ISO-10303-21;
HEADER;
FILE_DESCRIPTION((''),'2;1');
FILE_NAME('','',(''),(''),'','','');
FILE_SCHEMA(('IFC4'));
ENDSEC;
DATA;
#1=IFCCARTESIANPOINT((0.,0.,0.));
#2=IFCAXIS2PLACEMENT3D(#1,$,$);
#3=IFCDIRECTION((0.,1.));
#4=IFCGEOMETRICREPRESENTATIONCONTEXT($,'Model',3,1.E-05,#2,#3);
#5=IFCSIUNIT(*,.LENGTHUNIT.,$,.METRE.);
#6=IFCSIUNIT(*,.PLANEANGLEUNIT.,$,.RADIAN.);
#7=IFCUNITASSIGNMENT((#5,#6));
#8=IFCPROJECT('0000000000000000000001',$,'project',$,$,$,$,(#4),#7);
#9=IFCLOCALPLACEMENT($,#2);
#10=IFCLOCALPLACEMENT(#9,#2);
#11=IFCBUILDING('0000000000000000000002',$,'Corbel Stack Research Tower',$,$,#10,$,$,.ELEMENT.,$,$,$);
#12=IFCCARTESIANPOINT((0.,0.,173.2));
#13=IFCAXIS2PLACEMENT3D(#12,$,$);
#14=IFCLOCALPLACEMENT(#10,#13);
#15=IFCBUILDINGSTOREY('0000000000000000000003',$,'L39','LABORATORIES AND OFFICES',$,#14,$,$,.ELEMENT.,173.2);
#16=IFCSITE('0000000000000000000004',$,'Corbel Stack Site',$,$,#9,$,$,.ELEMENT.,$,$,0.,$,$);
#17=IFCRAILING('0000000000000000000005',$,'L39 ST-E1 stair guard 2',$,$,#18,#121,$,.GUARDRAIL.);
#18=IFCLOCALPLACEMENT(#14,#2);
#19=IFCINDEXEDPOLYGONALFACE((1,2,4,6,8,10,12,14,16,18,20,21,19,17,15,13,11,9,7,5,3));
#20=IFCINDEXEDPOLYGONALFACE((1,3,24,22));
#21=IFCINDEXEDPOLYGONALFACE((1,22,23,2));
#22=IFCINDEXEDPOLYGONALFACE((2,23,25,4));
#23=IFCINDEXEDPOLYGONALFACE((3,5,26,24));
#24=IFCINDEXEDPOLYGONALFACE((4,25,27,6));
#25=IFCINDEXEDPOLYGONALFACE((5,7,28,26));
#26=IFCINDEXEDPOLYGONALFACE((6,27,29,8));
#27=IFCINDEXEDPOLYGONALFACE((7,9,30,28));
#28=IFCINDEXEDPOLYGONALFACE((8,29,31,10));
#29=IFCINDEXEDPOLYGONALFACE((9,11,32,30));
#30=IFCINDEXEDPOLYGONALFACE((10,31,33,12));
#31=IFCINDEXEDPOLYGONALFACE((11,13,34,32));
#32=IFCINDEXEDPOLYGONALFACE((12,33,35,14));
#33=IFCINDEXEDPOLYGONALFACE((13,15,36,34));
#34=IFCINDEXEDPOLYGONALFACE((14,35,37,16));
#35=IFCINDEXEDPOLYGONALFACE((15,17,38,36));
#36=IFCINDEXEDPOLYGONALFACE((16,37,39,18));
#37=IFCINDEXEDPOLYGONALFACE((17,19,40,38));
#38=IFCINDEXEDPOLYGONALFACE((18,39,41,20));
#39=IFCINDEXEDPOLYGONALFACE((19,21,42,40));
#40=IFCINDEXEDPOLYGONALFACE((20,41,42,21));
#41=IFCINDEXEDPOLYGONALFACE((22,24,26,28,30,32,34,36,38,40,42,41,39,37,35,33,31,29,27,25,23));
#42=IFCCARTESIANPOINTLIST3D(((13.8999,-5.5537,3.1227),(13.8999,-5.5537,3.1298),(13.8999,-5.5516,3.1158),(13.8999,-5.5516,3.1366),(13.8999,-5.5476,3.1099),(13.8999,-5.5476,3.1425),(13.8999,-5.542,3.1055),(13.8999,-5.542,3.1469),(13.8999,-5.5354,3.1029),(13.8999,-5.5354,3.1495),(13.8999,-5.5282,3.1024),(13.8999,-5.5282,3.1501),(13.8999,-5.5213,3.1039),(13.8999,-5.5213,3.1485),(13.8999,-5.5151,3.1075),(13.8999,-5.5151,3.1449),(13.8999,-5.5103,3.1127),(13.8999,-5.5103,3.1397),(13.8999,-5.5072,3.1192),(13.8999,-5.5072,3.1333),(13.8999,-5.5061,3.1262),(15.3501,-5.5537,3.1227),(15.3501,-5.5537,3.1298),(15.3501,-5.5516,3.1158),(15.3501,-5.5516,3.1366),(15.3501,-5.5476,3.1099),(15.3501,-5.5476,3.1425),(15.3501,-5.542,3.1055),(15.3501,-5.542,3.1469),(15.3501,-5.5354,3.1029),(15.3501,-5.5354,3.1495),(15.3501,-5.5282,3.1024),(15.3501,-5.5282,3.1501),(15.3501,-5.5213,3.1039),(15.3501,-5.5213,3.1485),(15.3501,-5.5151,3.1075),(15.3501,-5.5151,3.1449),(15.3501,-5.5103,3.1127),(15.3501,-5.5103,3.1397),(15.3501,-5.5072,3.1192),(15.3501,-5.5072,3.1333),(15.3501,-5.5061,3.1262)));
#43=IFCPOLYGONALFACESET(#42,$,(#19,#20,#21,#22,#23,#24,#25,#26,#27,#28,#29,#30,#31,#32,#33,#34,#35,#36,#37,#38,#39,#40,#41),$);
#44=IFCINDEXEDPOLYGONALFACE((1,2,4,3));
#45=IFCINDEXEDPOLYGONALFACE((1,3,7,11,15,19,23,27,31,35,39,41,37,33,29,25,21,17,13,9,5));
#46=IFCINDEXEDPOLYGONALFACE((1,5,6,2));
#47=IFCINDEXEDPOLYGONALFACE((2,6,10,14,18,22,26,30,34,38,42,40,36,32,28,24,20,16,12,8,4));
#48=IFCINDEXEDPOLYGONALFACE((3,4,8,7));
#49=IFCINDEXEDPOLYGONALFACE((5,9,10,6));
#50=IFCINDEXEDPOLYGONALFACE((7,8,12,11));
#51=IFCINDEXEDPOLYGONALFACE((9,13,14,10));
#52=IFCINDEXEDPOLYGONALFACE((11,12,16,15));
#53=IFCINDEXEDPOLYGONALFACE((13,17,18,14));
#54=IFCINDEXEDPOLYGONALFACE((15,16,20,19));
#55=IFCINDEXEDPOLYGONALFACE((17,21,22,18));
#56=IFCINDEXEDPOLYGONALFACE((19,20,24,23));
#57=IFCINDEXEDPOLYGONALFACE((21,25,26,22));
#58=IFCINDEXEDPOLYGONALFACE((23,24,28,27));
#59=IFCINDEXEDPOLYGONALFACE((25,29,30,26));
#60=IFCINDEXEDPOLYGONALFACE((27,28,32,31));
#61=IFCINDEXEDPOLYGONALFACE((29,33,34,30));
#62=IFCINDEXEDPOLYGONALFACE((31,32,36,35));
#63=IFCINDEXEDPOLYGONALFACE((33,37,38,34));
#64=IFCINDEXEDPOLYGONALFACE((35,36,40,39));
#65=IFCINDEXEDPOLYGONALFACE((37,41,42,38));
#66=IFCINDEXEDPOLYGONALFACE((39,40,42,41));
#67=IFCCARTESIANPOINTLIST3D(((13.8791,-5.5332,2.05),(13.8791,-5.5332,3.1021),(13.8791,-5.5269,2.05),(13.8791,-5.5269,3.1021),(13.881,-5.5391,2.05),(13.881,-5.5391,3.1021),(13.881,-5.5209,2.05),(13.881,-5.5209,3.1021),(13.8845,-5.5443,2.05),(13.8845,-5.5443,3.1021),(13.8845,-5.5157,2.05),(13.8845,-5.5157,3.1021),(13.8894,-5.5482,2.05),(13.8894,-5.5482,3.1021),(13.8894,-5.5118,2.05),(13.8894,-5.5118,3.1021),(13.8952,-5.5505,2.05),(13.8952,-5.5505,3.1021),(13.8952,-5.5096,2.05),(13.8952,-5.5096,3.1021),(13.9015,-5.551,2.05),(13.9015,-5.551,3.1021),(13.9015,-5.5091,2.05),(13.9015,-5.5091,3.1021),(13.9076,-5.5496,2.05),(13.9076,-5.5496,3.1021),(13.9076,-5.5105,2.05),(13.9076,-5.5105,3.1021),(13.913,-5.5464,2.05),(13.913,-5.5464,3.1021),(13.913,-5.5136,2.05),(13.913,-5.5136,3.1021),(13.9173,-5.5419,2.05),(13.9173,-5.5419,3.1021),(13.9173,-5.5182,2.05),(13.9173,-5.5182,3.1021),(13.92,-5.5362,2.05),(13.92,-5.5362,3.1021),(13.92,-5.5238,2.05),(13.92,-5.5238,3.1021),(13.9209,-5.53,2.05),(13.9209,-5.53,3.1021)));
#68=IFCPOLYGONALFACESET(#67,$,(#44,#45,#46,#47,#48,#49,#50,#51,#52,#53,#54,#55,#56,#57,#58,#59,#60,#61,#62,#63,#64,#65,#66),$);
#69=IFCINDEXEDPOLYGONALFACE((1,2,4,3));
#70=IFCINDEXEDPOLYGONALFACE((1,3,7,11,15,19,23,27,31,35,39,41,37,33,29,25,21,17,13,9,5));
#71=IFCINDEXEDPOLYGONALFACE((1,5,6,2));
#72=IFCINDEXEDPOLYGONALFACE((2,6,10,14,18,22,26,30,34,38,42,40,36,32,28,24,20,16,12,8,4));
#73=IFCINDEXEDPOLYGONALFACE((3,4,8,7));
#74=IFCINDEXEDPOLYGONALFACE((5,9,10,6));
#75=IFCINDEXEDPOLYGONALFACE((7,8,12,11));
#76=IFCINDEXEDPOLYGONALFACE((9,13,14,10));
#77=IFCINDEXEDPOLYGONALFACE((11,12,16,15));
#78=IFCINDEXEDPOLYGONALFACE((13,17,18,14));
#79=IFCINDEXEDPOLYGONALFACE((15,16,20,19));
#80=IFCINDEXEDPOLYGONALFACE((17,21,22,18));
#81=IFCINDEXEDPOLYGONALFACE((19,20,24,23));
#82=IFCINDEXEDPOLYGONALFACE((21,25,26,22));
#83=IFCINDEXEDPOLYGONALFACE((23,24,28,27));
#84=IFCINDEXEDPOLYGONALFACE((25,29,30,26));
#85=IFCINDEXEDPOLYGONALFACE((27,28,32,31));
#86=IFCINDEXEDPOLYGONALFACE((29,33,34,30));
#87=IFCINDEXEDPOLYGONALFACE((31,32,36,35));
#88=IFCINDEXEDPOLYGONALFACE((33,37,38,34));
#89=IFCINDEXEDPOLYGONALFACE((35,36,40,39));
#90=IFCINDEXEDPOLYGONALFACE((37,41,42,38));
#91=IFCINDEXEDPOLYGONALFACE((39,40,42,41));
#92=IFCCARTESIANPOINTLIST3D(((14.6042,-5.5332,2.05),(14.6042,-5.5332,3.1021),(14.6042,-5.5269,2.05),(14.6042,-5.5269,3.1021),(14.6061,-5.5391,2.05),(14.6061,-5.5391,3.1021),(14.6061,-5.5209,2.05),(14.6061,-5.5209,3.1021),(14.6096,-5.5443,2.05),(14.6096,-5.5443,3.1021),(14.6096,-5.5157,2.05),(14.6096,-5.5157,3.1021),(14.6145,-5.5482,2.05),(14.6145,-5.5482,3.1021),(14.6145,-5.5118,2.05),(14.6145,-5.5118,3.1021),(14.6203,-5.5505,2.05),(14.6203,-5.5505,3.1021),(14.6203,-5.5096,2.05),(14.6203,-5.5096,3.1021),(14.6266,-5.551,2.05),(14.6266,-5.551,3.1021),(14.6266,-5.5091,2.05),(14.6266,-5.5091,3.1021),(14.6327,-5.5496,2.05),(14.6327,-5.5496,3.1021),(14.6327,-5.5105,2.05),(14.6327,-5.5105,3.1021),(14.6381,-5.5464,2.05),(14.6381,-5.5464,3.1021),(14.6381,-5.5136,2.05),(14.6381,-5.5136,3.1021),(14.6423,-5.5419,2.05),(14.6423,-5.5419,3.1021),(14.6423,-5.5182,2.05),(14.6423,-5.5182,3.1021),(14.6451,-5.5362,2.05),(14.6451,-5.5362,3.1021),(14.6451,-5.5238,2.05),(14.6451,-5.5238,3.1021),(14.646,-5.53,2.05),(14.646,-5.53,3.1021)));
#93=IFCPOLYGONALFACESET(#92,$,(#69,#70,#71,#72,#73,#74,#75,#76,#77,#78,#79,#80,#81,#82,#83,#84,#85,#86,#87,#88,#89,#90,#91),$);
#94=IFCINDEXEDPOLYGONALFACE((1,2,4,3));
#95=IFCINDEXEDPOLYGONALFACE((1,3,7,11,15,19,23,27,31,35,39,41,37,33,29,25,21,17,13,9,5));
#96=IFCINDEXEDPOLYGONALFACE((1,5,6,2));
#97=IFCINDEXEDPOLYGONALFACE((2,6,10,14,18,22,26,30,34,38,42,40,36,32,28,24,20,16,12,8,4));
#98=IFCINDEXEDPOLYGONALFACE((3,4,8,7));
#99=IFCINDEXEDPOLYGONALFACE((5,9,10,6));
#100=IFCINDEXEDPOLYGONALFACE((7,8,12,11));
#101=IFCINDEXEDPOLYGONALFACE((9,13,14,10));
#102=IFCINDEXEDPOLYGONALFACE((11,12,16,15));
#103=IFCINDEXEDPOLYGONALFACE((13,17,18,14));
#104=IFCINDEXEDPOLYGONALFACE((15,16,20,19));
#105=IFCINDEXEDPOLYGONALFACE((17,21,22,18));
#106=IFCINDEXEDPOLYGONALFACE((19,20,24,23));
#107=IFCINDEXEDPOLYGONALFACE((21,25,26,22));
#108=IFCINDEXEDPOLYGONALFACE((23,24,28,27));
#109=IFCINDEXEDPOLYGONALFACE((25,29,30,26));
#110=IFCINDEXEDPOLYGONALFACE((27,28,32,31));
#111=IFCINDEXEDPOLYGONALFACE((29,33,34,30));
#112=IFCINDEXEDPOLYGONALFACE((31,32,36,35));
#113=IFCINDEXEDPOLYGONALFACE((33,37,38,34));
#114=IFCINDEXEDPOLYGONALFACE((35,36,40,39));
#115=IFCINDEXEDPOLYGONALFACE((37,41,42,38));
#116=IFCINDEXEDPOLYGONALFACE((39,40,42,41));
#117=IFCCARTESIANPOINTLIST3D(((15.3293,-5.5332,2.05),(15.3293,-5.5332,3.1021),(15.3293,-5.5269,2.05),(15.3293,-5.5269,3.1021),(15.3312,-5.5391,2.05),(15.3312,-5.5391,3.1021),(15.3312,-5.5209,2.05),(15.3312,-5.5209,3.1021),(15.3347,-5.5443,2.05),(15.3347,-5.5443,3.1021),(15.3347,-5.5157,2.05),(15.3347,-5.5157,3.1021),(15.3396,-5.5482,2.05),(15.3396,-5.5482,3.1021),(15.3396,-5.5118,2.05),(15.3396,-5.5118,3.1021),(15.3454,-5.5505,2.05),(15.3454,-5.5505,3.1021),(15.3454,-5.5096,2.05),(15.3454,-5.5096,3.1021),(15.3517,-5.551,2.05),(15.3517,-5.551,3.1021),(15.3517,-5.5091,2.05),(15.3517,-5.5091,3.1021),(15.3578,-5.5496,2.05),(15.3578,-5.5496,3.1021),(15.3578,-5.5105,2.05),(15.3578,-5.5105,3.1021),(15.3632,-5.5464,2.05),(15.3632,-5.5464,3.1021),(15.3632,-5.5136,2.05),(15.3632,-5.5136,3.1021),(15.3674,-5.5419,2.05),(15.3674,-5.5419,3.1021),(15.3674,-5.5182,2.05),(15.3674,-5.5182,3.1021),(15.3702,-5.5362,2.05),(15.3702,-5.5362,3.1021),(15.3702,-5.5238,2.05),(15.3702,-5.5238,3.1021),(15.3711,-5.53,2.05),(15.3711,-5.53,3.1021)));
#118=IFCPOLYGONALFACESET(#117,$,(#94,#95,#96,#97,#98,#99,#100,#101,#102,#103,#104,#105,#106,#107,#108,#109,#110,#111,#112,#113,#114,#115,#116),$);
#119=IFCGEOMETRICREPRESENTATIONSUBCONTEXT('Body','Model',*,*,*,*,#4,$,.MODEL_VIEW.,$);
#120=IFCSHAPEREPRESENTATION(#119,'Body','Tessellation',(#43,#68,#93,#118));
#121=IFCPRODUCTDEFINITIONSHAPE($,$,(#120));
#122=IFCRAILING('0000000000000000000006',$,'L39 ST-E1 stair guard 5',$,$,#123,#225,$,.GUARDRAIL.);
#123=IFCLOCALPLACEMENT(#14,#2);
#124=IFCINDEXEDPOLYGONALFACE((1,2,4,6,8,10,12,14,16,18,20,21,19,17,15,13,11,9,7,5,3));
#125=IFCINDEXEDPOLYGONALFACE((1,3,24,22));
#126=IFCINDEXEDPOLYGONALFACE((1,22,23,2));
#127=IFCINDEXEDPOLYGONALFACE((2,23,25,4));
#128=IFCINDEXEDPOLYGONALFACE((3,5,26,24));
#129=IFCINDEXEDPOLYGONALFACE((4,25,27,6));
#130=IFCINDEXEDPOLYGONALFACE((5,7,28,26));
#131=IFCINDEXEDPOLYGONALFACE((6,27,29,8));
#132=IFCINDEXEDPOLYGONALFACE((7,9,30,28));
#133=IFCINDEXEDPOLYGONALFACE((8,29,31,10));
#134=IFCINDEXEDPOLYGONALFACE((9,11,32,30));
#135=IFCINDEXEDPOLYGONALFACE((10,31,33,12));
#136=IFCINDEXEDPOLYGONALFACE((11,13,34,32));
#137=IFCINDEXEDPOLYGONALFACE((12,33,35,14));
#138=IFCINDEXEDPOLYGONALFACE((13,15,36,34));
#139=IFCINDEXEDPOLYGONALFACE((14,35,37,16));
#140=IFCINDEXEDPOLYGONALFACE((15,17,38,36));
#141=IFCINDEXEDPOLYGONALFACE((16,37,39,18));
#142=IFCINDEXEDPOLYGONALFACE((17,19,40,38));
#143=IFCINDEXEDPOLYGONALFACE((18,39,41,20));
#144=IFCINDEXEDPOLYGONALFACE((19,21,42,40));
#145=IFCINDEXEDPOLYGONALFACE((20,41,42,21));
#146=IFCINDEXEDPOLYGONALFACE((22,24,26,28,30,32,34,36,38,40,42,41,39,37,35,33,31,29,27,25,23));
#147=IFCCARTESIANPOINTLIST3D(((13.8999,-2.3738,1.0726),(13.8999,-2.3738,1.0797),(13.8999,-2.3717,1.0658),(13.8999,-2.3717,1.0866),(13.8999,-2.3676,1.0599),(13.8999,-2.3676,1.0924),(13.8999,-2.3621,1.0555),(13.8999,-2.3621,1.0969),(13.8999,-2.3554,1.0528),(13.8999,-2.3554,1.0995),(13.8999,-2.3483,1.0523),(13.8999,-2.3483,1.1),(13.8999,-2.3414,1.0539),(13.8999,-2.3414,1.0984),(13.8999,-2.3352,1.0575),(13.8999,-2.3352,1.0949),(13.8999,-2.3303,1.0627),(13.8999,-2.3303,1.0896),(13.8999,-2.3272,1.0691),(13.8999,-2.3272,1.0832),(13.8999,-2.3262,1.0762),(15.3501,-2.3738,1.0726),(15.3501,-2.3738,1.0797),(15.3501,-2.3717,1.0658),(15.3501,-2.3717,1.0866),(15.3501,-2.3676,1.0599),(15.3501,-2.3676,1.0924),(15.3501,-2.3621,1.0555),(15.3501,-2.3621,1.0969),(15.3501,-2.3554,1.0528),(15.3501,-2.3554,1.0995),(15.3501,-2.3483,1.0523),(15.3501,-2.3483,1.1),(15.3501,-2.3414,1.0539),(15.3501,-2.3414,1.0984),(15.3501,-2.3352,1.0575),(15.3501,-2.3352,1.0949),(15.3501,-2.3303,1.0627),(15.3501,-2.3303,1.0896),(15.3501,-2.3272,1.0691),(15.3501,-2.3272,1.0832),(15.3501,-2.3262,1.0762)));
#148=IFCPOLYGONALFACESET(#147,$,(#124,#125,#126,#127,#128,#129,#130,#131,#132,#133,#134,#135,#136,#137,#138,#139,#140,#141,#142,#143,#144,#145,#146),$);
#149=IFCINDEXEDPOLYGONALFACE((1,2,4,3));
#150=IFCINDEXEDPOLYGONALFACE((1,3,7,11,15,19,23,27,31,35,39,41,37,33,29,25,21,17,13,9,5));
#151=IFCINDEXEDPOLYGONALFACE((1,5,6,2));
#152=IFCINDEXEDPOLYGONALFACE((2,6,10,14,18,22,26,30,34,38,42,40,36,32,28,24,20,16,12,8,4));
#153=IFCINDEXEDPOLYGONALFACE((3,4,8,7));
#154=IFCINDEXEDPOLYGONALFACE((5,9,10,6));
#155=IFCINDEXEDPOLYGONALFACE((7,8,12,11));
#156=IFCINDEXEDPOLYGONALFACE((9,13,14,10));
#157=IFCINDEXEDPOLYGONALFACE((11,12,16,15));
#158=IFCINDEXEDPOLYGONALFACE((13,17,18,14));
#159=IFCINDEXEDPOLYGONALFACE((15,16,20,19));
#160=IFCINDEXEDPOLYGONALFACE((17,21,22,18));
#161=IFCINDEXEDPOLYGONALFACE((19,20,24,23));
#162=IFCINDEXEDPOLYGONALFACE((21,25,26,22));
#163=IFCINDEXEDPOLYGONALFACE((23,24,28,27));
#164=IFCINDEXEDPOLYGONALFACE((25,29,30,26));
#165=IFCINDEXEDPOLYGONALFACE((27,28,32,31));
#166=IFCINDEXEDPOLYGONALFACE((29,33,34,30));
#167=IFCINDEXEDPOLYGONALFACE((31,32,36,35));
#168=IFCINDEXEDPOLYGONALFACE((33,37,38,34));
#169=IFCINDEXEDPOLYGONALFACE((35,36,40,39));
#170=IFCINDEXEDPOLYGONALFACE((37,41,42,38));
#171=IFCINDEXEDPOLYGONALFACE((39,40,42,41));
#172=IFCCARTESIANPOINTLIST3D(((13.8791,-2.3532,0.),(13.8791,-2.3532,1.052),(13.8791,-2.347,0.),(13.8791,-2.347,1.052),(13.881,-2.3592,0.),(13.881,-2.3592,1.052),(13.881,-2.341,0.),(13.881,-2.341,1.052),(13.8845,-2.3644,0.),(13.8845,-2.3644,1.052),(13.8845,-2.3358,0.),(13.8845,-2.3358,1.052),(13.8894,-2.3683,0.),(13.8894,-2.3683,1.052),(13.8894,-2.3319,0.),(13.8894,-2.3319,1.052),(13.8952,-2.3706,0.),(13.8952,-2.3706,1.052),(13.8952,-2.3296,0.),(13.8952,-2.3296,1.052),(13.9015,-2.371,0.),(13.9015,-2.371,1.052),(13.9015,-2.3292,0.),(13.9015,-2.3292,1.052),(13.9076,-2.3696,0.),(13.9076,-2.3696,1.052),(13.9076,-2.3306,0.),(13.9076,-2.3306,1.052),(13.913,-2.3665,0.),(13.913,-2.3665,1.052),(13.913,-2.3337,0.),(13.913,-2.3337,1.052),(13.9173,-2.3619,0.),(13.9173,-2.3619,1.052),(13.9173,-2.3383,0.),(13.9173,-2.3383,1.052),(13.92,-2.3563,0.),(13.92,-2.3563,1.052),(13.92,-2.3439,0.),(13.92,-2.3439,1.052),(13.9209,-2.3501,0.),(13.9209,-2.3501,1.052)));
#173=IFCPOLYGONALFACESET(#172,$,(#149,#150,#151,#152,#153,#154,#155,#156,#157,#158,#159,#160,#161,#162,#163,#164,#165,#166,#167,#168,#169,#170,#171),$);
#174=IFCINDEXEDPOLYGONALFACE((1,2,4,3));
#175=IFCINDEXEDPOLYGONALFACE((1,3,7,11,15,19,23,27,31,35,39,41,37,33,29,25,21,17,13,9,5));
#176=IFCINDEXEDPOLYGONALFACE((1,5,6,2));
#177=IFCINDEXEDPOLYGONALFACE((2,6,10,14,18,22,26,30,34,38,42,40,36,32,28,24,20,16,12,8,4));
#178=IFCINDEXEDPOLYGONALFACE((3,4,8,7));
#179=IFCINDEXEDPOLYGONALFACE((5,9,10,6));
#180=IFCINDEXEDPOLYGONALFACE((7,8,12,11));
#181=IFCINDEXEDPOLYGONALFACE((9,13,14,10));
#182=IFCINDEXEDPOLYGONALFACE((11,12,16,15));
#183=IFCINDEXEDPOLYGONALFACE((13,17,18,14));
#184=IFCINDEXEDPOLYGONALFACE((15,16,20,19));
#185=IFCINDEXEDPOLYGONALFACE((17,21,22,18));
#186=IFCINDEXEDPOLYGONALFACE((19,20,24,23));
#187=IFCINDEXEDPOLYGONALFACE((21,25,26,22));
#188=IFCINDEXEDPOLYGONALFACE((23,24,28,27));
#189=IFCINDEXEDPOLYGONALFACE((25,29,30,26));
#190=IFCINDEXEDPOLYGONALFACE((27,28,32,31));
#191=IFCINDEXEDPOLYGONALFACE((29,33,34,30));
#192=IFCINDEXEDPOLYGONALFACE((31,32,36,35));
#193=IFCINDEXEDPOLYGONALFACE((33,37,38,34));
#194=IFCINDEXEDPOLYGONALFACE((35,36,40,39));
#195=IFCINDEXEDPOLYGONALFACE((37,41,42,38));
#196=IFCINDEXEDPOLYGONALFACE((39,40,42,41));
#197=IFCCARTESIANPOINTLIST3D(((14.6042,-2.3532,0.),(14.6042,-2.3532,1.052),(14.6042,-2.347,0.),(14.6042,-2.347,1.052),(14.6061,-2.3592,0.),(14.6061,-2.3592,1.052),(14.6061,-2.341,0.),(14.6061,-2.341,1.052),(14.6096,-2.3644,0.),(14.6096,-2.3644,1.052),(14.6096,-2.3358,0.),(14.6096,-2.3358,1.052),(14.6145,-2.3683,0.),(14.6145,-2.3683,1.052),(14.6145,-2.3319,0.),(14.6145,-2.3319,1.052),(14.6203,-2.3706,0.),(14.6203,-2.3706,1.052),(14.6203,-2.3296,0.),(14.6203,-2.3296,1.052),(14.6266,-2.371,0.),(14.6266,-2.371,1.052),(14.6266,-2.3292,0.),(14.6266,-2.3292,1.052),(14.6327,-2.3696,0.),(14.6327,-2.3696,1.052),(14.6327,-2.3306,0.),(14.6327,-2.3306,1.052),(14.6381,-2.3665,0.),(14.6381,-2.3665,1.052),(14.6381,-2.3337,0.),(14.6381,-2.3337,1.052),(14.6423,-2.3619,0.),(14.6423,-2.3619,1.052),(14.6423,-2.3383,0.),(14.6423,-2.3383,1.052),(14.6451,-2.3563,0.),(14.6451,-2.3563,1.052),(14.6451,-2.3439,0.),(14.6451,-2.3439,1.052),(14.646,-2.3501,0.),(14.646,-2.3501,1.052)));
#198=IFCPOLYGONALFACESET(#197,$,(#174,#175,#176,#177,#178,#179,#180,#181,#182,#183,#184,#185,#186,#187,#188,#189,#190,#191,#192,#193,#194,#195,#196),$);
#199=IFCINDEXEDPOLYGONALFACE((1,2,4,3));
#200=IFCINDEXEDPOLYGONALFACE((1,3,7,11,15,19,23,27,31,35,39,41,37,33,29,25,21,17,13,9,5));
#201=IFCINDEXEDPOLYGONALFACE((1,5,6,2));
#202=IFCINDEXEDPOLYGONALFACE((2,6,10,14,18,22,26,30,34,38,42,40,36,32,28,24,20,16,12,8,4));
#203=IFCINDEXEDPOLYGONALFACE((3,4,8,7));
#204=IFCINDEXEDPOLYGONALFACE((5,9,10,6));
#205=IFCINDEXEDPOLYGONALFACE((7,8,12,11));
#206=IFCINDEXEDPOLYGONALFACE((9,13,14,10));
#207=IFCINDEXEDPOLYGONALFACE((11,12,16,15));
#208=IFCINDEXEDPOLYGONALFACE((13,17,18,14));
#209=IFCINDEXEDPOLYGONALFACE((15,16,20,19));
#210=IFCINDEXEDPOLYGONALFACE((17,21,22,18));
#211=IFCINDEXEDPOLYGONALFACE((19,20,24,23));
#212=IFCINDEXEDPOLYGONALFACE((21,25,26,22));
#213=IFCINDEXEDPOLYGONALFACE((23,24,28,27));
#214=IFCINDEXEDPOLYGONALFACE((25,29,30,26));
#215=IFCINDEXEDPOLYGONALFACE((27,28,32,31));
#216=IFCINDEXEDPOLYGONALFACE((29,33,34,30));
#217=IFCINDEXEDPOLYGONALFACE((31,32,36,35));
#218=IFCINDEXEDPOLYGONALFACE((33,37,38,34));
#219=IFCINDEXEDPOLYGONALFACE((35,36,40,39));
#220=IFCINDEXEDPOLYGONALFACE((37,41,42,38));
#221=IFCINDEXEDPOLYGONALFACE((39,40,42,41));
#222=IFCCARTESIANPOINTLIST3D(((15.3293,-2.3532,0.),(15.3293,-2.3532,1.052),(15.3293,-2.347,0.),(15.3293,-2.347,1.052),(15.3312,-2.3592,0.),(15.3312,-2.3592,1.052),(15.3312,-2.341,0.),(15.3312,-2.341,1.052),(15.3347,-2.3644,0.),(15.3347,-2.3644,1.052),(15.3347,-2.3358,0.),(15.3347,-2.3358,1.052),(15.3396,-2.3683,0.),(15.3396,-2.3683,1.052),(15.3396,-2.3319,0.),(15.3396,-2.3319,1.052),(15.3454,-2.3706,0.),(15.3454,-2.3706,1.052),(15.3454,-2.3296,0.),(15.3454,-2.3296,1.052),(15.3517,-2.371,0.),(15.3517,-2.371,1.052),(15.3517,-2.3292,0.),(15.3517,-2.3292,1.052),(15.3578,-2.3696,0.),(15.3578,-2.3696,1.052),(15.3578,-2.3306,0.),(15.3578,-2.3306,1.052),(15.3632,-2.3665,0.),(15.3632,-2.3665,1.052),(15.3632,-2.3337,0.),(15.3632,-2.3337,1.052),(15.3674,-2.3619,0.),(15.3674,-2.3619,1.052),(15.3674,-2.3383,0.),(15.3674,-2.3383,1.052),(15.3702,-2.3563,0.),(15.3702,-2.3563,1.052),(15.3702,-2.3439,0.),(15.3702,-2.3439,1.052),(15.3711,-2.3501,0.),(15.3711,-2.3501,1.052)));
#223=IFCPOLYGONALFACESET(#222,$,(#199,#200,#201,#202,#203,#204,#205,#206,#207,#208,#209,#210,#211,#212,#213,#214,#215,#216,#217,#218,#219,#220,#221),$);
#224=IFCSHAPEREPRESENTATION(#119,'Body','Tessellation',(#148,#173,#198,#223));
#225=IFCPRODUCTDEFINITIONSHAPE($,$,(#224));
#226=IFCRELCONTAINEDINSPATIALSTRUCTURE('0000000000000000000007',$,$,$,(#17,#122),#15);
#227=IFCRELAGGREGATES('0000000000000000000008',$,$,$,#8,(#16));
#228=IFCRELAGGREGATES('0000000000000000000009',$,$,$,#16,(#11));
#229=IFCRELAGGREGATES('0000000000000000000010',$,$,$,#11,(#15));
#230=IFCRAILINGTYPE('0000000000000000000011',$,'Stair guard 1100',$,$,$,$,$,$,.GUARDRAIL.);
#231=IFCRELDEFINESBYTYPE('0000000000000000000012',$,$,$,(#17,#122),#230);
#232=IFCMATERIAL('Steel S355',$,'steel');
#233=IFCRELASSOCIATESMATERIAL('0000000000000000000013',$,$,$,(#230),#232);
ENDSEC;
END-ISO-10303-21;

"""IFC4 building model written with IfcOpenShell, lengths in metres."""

from ifc_helpers import new_model, si_unit, direction, frame, origin, origin_2d, place, context, subcontext, project, spatial, circle, extrude, material, type_object, element, save


model = new_model("IFC4")

# Units and contexts
model_context = context("Model", 3, precision=1e-05, world=origin(), true_north=direction((0.0, 1.0)))
body_context = subcontext(model_context, "Body", "Model", "MODEL_VIEW")
ifc_project = project(units=[si_unit("LENGTHUNIT", "METRE"), si_unit("PLANEANGLEUNIT", "RADIAN")], contexts=[model_context])

# Site, building, storey
site_placement = place(None, origin())
site = spatial("IfcSite", under=ifc_project, at=site_placement, Name="Corbel Stack Site", CompositionType="ELEMENT", RefElevation=0.0)
building_placement = place(site_placement, origin())
building = spatial("IfcBuilding", under=site, at=building_placement, Name="Corbel Stack Research Tower", CompositionType="ELEMENT")
storey_placement = place(building_placement, frame((0.0, 0.0, 173.2)))
storey = spatial("IfcBuildingStorey", under=building, at=storey_placement, Name="L39", Description="LABORATORIES AND OFFICES", CompositionType="ELEMENT", Elevation=173.2)

# Railings
ifc_material_1 = material(Name="Steel S355", Category="steel")
railing_type_1 = type_object("IfcRailingType", Name="Stair guard 1100", PredefinedType="GUARDRAIL", material=ifc_material_1)
for number, where, name in (
    (1, (13.8999, -5.53, 2.05), "L39 ST-E1 stair guard 2"),
    (2, (13.8999, -2.3501, 0.0), "L39 ST-E1 stair guard 5"),
):
    element("IfcRailing", number, at=place(storey_placement, frame(where)), inside=storey, type_object=railing_type_1, Name=name, PredefinedType="GUARDRAIL", context=body_context, shape_type="SweptSolid", body=[
        extrude(circle(Radius=0.0239, at=origin_2d()), frame((0.0, 0.0, 1.0762), z_axis=(1.0, 0.0, 0.0), x_axis=(0.0, 1.0, 0.0)), (0.0, 0.0, 1.0), 1.4502),
        extrude(circle(Radius=0.021, at=origin_2d()), origin(), (0.0, 0.0, 1.0), 1.052),
        extrude(circle(Radius=0.021, at=origin_2d()), frame((0.7251, 0.0, 0.0)), (0.0, 0.0, 1.0), 1.052),
        extrude(circle(Radius=0.021, at=origin_2d()), frame((1.4502, 0.0, 0.0)), (0.0, 0.0, 1.0), 1.052),
    ])

save(model, "model.ifc")
